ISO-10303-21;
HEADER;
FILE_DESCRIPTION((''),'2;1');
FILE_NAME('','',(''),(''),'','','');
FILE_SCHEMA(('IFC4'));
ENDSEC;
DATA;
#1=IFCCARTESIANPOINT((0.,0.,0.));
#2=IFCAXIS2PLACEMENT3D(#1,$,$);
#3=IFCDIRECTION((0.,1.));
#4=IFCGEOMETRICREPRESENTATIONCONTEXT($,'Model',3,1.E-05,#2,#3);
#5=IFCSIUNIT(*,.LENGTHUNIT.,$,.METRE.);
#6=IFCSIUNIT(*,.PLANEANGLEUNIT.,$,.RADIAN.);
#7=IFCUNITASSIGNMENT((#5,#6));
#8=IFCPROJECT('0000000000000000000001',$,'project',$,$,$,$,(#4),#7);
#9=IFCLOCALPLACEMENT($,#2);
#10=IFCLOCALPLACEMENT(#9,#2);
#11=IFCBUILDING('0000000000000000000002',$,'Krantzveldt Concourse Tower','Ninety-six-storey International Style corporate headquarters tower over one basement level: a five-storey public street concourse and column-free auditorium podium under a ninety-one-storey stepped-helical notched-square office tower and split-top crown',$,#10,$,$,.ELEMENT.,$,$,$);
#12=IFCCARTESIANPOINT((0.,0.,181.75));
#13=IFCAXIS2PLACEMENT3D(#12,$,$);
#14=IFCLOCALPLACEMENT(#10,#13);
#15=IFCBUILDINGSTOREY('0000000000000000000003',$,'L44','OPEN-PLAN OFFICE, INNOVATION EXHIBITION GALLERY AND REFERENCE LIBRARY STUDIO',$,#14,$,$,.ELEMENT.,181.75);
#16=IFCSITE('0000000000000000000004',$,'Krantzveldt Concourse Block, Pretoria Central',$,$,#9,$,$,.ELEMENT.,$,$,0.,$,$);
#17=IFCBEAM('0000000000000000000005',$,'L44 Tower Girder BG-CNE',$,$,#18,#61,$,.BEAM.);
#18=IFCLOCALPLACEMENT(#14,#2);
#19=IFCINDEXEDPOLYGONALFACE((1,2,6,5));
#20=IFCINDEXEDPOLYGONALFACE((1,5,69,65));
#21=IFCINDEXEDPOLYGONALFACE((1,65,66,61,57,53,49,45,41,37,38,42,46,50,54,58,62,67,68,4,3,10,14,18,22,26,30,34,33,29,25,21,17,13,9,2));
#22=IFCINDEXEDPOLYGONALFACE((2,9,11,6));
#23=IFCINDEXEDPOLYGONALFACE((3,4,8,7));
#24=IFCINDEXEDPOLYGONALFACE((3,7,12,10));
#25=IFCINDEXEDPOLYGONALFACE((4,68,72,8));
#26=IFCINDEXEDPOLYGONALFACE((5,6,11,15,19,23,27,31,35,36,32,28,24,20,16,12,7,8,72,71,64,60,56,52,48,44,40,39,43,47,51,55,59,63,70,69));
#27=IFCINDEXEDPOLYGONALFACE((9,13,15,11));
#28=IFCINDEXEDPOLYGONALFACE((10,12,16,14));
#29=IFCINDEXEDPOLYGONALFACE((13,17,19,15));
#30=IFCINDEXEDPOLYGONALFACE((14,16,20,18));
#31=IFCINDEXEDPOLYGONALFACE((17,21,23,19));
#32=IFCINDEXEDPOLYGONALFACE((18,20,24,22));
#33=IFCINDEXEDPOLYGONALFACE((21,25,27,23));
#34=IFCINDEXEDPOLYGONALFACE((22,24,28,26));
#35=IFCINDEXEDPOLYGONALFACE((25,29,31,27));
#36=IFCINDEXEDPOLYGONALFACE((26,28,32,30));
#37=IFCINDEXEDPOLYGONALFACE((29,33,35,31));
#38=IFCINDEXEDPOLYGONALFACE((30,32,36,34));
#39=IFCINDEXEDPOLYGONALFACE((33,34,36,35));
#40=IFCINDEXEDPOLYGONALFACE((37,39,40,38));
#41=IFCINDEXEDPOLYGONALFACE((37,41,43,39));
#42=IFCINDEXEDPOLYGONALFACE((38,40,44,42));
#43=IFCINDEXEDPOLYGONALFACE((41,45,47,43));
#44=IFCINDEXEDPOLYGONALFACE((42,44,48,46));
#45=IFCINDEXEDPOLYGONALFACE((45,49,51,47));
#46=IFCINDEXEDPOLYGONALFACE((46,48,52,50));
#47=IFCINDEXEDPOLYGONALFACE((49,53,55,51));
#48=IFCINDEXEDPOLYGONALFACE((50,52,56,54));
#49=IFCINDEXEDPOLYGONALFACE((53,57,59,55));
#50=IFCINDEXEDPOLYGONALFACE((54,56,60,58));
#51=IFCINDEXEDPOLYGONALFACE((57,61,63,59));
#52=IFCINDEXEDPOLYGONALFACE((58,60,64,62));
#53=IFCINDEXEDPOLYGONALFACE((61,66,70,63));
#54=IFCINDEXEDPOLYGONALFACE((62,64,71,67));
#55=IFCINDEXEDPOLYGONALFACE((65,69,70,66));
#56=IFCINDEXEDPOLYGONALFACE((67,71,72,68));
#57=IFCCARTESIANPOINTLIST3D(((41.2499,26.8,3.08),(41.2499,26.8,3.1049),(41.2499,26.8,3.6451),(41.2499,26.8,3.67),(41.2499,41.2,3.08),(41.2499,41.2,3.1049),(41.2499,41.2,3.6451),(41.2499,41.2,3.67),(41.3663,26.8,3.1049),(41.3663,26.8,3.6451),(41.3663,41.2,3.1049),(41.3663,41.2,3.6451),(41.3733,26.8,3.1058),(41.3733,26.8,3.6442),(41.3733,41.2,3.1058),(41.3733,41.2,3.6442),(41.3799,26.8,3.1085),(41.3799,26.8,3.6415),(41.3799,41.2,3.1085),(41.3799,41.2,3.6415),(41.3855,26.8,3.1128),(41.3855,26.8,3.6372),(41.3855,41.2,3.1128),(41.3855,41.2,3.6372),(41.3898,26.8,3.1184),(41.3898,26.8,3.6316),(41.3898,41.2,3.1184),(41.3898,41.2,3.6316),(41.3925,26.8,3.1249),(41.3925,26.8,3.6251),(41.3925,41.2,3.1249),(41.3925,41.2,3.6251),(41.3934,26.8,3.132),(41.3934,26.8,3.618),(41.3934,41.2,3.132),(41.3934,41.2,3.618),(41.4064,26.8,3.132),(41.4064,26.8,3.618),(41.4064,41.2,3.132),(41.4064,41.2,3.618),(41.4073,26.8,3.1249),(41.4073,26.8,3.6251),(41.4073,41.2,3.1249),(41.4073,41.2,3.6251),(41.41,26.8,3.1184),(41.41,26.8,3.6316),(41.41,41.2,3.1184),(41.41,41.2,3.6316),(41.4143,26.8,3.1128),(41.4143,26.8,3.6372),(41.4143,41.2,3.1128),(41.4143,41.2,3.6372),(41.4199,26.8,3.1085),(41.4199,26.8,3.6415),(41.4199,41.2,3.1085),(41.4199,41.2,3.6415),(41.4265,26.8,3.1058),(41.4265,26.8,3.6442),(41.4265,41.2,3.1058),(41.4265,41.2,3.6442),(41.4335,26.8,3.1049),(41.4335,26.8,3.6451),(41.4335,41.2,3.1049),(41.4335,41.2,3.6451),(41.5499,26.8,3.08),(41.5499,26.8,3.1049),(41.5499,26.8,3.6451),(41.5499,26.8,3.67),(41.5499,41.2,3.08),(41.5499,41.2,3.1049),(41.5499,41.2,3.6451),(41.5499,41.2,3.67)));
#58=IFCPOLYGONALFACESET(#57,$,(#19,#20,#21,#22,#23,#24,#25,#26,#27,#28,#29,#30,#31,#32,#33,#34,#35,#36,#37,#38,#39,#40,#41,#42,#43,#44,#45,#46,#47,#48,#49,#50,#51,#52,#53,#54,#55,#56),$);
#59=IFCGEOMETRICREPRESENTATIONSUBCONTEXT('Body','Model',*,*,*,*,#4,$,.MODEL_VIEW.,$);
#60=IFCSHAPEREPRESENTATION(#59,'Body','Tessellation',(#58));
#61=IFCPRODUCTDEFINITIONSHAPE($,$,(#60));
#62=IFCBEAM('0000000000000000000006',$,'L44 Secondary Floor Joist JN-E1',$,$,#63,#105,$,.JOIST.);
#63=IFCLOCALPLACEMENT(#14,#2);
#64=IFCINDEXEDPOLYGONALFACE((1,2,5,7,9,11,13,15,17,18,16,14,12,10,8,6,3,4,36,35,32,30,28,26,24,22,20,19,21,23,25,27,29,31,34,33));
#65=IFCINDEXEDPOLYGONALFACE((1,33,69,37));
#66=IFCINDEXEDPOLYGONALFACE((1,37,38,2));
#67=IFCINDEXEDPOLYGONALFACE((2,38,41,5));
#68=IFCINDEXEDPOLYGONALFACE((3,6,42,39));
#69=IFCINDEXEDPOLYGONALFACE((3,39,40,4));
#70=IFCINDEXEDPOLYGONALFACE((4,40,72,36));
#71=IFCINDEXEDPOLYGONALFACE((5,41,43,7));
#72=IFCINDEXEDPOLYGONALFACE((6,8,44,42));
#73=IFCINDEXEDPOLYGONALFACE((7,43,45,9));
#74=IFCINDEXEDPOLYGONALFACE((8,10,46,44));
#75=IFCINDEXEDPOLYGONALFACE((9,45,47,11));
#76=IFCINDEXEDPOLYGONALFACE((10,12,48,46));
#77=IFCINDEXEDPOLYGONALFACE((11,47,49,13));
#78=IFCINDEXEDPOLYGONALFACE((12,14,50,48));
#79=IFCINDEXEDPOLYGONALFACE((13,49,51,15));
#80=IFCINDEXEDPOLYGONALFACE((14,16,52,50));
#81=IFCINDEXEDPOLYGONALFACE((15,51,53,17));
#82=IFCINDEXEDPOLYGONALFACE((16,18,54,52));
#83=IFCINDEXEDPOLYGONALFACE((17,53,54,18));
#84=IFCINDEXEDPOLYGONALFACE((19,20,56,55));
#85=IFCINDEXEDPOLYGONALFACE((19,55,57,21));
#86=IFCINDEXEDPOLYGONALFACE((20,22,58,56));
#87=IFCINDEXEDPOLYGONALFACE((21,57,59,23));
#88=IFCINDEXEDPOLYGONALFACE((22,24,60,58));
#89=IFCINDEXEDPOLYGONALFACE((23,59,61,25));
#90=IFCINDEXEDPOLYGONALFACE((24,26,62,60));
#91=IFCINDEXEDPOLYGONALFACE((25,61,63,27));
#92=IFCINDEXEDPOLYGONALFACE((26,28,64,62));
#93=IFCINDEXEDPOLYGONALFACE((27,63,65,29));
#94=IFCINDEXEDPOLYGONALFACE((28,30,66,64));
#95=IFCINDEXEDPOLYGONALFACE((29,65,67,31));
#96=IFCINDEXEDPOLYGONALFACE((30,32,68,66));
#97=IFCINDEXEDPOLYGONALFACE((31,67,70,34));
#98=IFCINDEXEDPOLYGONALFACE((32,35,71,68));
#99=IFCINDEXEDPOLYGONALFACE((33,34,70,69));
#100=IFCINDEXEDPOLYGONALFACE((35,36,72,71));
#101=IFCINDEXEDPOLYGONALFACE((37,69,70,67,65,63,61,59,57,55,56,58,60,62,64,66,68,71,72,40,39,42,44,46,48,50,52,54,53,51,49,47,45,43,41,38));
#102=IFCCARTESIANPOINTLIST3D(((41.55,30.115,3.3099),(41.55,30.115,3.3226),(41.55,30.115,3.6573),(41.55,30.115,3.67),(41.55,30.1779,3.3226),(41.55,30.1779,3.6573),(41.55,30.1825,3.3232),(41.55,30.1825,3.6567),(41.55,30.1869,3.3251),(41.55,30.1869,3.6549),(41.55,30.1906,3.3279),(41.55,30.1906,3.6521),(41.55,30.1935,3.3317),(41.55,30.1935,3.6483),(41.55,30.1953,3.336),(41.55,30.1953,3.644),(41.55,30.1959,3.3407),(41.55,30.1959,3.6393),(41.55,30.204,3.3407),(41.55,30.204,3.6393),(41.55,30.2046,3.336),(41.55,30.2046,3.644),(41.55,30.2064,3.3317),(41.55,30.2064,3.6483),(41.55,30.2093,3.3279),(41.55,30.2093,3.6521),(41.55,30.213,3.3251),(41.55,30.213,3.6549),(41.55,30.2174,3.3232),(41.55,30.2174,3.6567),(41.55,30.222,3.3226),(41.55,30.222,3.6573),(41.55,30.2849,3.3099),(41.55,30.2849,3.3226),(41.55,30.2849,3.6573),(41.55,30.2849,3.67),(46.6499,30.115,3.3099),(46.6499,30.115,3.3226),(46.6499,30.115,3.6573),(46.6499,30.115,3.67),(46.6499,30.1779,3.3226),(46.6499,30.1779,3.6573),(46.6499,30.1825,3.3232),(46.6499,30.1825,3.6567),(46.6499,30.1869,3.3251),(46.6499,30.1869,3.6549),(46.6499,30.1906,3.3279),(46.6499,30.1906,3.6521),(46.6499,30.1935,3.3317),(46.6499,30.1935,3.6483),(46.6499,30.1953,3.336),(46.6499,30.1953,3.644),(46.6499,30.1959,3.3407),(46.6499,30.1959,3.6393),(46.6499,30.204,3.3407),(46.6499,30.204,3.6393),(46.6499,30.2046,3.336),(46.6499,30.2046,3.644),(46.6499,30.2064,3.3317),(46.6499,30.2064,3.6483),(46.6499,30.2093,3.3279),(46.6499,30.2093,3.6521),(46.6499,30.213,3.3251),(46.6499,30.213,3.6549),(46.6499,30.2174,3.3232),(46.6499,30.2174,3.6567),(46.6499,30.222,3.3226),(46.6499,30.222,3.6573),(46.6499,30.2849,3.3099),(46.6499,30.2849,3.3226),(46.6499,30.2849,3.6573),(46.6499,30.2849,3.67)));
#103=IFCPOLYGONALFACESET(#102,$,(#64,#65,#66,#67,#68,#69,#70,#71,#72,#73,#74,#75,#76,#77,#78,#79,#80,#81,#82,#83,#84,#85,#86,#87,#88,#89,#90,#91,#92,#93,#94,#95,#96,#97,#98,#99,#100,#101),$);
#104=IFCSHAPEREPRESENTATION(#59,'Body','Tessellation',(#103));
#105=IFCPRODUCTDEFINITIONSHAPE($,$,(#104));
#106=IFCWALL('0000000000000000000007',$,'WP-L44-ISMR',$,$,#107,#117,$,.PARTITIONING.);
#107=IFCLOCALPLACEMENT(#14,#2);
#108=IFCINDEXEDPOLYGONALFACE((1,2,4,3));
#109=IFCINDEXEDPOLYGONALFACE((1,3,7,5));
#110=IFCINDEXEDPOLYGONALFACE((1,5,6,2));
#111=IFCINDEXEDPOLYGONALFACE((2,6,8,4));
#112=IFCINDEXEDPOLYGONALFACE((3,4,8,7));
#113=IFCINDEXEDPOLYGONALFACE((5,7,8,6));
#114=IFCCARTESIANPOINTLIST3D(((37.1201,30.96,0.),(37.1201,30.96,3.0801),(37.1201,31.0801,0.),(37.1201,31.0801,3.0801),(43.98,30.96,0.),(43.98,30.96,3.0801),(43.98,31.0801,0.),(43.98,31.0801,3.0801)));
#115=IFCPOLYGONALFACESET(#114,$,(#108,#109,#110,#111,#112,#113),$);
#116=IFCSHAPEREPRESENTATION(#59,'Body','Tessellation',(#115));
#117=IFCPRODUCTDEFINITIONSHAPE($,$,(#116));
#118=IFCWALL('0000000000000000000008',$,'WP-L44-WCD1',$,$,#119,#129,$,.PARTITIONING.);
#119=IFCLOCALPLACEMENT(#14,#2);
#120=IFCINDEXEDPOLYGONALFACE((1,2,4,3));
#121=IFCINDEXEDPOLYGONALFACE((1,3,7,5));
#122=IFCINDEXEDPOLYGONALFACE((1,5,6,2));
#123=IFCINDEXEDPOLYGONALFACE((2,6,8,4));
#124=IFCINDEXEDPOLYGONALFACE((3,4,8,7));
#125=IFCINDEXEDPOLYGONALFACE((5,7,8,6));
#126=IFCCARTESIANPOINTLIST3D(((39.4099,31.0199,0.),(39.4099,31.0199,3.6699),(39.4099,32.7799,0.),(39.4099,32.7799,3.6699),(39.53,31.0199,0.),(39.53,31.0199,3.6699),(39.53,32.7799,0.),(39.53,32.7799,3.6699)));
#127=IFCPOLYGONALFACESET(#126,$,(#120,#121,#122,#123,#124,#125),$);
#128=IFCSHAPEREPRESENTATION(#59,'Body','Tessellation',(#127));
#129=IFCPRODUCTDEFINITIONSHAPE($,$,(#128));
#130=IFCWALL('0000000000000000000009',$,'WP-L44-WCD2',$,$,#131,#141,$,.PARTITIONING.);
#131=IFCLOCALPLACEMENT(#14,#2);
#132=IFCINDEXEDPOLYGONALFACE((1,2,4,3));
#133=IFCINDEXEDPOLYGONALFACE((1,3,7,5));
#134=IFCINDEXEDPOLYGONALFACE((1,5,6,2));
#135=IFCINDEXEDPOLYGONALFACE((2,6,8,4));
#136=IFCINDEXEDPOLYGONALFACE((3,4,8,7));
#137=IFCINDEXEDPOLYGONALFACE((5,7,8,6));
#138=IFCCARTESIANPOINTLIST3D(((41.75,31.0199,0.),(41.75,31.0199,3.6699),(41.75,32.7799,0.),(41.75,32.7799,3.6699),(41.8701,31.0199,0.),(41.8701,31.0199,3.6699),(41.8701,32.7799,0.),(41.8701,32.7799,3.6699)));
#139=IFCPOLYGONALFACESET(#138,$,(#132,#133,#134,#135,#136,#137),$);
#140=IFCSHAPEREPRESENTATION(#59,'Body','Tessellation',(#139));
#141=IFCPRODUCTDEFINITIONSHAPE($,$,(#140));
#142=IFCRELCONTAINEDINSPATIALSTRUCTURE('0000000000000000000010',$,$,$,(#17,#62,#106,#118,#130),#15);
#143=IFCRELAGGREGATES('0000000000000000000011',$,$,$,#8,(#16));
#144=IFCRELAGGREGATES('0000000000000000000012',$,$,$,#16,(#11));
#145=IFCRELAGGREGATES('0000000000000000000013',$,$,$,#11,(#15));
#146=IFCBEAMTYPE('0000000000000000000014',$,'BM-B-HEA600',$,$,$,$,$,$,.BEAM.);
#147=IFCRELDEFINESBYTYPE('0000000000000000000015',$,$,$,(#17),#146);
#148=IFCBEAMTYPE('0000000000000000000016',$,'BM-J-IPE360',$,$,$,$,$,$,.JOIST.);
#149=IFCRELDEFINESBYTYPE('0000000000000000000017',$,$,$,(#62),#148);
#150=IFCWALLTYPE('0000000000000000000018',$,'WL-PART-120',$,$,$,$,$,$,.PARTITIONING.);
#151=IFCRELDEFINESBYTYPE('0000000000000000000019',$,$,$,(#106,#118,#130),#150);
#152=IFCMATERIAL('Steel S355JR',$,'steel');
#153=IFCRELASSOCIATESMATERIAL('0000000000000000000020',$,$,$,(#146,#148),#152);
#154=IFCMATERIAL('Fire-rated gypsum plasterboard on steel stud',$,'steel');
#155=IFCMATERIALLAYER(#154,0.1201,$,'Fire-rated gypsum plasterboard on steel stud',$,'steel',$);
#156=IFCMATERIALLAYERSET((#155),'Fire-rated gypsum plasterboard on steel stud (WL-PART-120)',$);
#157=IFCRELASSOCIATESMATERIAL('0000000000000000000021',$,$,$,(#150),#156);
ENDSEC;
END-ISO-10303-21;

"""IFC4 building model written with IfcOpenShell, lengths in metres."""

from ifc_helpers import new_model, si_unit, direction, frame, frame_2d, origin, origin_2d, place, context, subcontext, project, spatial, rectangle, i_section, extrude, source, transform, mapped, material, layer, layer_set, material_profile, profile_set, type_object, type_shapes, element, save


model = new_model("IFC4")

# Units and contexts
model_context = context("Model", 3, precision=1e-05, world=origin(), true_north=direction((0.0, 1.0)))
body_context = subcontext(model_context, "Body", "Model", "MODEL_VIEW")
ifc_project = project(units=[si_unit("LENGTHUNIT", "METRE"), si_unit("PLANEANGLEUNIT", "RADIAN")], contexts=[model_context])

# Site, building, storey
site_placement = place(None, origin())
site = spatial("IfcSite", under=ifc_project, at=site_placement, Name="Krantzveldt Concourse Block, Pretoria Central", CompositionType="ELEMENT", RefElevation=0.0)
building_placement = place(site_placement, origin())
building = spatial("IfcBuilding", under=site, at=building_placement, Name="Krantzveldt Concourse Tower", Description="Ninety-six-storey International Style corporate headquarters tower over one basement level: a five-storey public street concourse and column-free auditorium podium under a ninety-one-storey stepped-helical notched-square office tower and split-top crown", CompositionType="ELEMENT")
storey_placement = place(building_placement, frame((0.0, 0.0, 181.75)))
storey = spatial("IfcBuildingStorey", under=building, at=storey_placement, Name="L44", Description="OPEN-PLAN OFFICE, INNOVATION EXHIBITION GALLERY AND REFERENCE LIBRARY STUDIO", CompositionType="ELEMENT", Elevation=181.75)

# Beams
ifc_material_1 = material(Name="Steel S355JR", Category="steel")
ifc_material_profile_1 = material_profile(ifc_material_1, i_section(OverallWidth=0.3, OverallDepth=0.5901, WebThickness=0.0129, FlangeThickness=0.0249, FilletRadius=0.0271, at=origin_2d()), Name="Steel S355JR", Category="steel")
ifc_profile_set_1 = profile_set([ifc_material_profile_1], Name="Steel S355JR - HEA 600")
beam_type_1 = type_object("IfcBeamType", Name="BM-B-HEA600", PredefinedType="BEAM", material=ifc_profile_set_1)
shared_shape_1 = source(origin(), body_context, "Body", "SweptSolid", [
    extrude(i_section(OverallWidth=0.3, OverallDepth=0.5901, WebThickness=0.0129, FlangeThickness=0.0249, FilletRadius=0.0271, at=origin_2d()), origin(), (0.0, 0.0, 1.0), 14.3999),
])
type_shapes(beam_type_1, [shared_shape_1])
beam_1_placement = place(storey_placement, frame((41.3999, 26.8, 3.375), z_axis=(0.0, 1.0, 0.0), x_axis=(-1.0, 0.0, 0.0)))
element("IfcBeam", 1, at=beam_1_placement, inside=storey, type_object=beam_type_1, Name="L44 Tower Girder BG-CNE", PredefinedType="BEAM", context=body_context, shape_type="MappedRepresentation", body=[
    mapped(shared_shape_1, transform((0.0, 0.0, 0.0), x_axis=(1.0, 0.0, 0.0), y_axis=(0.0, 1.0, 0.0), z_axis=(0.0, 0.0, 1.0), scale=1.0)),
])
ifc_material_profile_2 = material_profile(ifc_material_1, i_section(OverallWidth=0.1699, OverallDepth=0.3601, WebThickness=0.0081, FlangeThickness=0.0127, FilletRadius=0.0181, at=origin_2d()), Name="Steel S355JR", Category="steel")
ifc_profile_set_2 = profile_set([ifc_material_profile_2], Name="Steel S355JR - IPE 360")
beam_type_2 = type_object("IfcBeamType", Name="BM-J-IPE360", PredefinedType="JOIST", material=ifc_profile_set_2)
shared_shape_2 = source(origin(), body_context, "Body", "SweptSolid", [
    extrude(i_section(OverallWidth=0.1699, OverallDepth=0.3601, WebThickness=0.0081, FlangeThickness=0.0127, FilletRadius=0.0181, at=origin_2d()), origin(), (0.0, 0.0, 1.0), 5.0999),
])
type_shapes(beam_type_2, [shared_shape_2])
beam_2_placement = place(storey_placement, frame((41.55, 30.2, 3.49), z_axis=(1.0, 0.0, 0.0), x_axis=(0.0, 1.0, 0.0)))
element("IfcBeam", 2, at=beam_2_placement, inside=storey, type_object=beam_type_2, Name="L44 Secondary Floor Joist JN-E1", PredefinedType="JOIST", context=body_context, shape_type="MappedRepresentation", body=[
    mapped(shared_shape_2, transform((0.0, 0.0, 0.0), x_axis=(1.0, 0.0, 0.0), y_axis=(0.0, 1.0, 0.0), z_axis=(0.0, 0.0, 1.0), scale=1.0)),
])

# Walls
ifc_material_2 = material(Name="Fire-rated gypsum plasterboard on steel stud", Category="steel")
ifc_layer_1 = layer(ifc_material_2, 0.1201, Name="Fire-rated gypsum plasterboard on steel stud", Category="steel")
ifc_layer_set_1 = layer_set([ifc_layer_1], Name="Fire-rated gypsum plasterboard on steel stud (WL-PART-120)")
wall_type_1 = type_object("IfcWallType", Name="WL-PART-120", PredefinedType="PARTITIONING", material=ifc_layer_set_1)
wall_1_placement = place(storey_placement, frame((37.1201, 31.02, 0.0), z_axis=(0.0, 0.0, 1.0), x_axis=(1.0, 0.0, 0.0)))
element("IfcWall", 3, at=wall_1_placement, inside=storey, type_object=wall_type_1, Name="WP-L44-ISMR", PredefinedType="PARTITIONING", context=body_context, shape_type="SweptSolid", body=[
    extrude(rectangle(XDim=6.8599, YDim=0.1201, at=frame_2d((3.4299, 0.0))), origin(), (0.0, 0.0, 1.0), 3.0801),
])
for number, where, z_axis, x_axis, name in (
    (4, (39.47, 31.02, 0.0), (0.0, 0.0, 1.0), (0.0, 1.0, 0.0), "WP-L44-WCD1"),
    (5, (41.8101, 31.02, 0.0), (0.0, 0.0, 1.0), (0.0, 1.0, 0.0), "WP-L44-WCD2"),
):
    element("IfcWall", number, at=place(storey_placement, frame(where, z_axis=z_axis, x_axis=x_axis)), inside=storey, type_object=wall_type_1, Name=name, PredefinedType="PARTITIONING", context=body_context, shape_type="SweptSolid", body=[
        extrude(rectangle(XDim=1.76, YDim=0.1201, at=frame_2d((0.8799, 0.0))), origin(), (0.0, 0.0, 1.0), 3.6699),
    ])

save(model, "model.ifc")
